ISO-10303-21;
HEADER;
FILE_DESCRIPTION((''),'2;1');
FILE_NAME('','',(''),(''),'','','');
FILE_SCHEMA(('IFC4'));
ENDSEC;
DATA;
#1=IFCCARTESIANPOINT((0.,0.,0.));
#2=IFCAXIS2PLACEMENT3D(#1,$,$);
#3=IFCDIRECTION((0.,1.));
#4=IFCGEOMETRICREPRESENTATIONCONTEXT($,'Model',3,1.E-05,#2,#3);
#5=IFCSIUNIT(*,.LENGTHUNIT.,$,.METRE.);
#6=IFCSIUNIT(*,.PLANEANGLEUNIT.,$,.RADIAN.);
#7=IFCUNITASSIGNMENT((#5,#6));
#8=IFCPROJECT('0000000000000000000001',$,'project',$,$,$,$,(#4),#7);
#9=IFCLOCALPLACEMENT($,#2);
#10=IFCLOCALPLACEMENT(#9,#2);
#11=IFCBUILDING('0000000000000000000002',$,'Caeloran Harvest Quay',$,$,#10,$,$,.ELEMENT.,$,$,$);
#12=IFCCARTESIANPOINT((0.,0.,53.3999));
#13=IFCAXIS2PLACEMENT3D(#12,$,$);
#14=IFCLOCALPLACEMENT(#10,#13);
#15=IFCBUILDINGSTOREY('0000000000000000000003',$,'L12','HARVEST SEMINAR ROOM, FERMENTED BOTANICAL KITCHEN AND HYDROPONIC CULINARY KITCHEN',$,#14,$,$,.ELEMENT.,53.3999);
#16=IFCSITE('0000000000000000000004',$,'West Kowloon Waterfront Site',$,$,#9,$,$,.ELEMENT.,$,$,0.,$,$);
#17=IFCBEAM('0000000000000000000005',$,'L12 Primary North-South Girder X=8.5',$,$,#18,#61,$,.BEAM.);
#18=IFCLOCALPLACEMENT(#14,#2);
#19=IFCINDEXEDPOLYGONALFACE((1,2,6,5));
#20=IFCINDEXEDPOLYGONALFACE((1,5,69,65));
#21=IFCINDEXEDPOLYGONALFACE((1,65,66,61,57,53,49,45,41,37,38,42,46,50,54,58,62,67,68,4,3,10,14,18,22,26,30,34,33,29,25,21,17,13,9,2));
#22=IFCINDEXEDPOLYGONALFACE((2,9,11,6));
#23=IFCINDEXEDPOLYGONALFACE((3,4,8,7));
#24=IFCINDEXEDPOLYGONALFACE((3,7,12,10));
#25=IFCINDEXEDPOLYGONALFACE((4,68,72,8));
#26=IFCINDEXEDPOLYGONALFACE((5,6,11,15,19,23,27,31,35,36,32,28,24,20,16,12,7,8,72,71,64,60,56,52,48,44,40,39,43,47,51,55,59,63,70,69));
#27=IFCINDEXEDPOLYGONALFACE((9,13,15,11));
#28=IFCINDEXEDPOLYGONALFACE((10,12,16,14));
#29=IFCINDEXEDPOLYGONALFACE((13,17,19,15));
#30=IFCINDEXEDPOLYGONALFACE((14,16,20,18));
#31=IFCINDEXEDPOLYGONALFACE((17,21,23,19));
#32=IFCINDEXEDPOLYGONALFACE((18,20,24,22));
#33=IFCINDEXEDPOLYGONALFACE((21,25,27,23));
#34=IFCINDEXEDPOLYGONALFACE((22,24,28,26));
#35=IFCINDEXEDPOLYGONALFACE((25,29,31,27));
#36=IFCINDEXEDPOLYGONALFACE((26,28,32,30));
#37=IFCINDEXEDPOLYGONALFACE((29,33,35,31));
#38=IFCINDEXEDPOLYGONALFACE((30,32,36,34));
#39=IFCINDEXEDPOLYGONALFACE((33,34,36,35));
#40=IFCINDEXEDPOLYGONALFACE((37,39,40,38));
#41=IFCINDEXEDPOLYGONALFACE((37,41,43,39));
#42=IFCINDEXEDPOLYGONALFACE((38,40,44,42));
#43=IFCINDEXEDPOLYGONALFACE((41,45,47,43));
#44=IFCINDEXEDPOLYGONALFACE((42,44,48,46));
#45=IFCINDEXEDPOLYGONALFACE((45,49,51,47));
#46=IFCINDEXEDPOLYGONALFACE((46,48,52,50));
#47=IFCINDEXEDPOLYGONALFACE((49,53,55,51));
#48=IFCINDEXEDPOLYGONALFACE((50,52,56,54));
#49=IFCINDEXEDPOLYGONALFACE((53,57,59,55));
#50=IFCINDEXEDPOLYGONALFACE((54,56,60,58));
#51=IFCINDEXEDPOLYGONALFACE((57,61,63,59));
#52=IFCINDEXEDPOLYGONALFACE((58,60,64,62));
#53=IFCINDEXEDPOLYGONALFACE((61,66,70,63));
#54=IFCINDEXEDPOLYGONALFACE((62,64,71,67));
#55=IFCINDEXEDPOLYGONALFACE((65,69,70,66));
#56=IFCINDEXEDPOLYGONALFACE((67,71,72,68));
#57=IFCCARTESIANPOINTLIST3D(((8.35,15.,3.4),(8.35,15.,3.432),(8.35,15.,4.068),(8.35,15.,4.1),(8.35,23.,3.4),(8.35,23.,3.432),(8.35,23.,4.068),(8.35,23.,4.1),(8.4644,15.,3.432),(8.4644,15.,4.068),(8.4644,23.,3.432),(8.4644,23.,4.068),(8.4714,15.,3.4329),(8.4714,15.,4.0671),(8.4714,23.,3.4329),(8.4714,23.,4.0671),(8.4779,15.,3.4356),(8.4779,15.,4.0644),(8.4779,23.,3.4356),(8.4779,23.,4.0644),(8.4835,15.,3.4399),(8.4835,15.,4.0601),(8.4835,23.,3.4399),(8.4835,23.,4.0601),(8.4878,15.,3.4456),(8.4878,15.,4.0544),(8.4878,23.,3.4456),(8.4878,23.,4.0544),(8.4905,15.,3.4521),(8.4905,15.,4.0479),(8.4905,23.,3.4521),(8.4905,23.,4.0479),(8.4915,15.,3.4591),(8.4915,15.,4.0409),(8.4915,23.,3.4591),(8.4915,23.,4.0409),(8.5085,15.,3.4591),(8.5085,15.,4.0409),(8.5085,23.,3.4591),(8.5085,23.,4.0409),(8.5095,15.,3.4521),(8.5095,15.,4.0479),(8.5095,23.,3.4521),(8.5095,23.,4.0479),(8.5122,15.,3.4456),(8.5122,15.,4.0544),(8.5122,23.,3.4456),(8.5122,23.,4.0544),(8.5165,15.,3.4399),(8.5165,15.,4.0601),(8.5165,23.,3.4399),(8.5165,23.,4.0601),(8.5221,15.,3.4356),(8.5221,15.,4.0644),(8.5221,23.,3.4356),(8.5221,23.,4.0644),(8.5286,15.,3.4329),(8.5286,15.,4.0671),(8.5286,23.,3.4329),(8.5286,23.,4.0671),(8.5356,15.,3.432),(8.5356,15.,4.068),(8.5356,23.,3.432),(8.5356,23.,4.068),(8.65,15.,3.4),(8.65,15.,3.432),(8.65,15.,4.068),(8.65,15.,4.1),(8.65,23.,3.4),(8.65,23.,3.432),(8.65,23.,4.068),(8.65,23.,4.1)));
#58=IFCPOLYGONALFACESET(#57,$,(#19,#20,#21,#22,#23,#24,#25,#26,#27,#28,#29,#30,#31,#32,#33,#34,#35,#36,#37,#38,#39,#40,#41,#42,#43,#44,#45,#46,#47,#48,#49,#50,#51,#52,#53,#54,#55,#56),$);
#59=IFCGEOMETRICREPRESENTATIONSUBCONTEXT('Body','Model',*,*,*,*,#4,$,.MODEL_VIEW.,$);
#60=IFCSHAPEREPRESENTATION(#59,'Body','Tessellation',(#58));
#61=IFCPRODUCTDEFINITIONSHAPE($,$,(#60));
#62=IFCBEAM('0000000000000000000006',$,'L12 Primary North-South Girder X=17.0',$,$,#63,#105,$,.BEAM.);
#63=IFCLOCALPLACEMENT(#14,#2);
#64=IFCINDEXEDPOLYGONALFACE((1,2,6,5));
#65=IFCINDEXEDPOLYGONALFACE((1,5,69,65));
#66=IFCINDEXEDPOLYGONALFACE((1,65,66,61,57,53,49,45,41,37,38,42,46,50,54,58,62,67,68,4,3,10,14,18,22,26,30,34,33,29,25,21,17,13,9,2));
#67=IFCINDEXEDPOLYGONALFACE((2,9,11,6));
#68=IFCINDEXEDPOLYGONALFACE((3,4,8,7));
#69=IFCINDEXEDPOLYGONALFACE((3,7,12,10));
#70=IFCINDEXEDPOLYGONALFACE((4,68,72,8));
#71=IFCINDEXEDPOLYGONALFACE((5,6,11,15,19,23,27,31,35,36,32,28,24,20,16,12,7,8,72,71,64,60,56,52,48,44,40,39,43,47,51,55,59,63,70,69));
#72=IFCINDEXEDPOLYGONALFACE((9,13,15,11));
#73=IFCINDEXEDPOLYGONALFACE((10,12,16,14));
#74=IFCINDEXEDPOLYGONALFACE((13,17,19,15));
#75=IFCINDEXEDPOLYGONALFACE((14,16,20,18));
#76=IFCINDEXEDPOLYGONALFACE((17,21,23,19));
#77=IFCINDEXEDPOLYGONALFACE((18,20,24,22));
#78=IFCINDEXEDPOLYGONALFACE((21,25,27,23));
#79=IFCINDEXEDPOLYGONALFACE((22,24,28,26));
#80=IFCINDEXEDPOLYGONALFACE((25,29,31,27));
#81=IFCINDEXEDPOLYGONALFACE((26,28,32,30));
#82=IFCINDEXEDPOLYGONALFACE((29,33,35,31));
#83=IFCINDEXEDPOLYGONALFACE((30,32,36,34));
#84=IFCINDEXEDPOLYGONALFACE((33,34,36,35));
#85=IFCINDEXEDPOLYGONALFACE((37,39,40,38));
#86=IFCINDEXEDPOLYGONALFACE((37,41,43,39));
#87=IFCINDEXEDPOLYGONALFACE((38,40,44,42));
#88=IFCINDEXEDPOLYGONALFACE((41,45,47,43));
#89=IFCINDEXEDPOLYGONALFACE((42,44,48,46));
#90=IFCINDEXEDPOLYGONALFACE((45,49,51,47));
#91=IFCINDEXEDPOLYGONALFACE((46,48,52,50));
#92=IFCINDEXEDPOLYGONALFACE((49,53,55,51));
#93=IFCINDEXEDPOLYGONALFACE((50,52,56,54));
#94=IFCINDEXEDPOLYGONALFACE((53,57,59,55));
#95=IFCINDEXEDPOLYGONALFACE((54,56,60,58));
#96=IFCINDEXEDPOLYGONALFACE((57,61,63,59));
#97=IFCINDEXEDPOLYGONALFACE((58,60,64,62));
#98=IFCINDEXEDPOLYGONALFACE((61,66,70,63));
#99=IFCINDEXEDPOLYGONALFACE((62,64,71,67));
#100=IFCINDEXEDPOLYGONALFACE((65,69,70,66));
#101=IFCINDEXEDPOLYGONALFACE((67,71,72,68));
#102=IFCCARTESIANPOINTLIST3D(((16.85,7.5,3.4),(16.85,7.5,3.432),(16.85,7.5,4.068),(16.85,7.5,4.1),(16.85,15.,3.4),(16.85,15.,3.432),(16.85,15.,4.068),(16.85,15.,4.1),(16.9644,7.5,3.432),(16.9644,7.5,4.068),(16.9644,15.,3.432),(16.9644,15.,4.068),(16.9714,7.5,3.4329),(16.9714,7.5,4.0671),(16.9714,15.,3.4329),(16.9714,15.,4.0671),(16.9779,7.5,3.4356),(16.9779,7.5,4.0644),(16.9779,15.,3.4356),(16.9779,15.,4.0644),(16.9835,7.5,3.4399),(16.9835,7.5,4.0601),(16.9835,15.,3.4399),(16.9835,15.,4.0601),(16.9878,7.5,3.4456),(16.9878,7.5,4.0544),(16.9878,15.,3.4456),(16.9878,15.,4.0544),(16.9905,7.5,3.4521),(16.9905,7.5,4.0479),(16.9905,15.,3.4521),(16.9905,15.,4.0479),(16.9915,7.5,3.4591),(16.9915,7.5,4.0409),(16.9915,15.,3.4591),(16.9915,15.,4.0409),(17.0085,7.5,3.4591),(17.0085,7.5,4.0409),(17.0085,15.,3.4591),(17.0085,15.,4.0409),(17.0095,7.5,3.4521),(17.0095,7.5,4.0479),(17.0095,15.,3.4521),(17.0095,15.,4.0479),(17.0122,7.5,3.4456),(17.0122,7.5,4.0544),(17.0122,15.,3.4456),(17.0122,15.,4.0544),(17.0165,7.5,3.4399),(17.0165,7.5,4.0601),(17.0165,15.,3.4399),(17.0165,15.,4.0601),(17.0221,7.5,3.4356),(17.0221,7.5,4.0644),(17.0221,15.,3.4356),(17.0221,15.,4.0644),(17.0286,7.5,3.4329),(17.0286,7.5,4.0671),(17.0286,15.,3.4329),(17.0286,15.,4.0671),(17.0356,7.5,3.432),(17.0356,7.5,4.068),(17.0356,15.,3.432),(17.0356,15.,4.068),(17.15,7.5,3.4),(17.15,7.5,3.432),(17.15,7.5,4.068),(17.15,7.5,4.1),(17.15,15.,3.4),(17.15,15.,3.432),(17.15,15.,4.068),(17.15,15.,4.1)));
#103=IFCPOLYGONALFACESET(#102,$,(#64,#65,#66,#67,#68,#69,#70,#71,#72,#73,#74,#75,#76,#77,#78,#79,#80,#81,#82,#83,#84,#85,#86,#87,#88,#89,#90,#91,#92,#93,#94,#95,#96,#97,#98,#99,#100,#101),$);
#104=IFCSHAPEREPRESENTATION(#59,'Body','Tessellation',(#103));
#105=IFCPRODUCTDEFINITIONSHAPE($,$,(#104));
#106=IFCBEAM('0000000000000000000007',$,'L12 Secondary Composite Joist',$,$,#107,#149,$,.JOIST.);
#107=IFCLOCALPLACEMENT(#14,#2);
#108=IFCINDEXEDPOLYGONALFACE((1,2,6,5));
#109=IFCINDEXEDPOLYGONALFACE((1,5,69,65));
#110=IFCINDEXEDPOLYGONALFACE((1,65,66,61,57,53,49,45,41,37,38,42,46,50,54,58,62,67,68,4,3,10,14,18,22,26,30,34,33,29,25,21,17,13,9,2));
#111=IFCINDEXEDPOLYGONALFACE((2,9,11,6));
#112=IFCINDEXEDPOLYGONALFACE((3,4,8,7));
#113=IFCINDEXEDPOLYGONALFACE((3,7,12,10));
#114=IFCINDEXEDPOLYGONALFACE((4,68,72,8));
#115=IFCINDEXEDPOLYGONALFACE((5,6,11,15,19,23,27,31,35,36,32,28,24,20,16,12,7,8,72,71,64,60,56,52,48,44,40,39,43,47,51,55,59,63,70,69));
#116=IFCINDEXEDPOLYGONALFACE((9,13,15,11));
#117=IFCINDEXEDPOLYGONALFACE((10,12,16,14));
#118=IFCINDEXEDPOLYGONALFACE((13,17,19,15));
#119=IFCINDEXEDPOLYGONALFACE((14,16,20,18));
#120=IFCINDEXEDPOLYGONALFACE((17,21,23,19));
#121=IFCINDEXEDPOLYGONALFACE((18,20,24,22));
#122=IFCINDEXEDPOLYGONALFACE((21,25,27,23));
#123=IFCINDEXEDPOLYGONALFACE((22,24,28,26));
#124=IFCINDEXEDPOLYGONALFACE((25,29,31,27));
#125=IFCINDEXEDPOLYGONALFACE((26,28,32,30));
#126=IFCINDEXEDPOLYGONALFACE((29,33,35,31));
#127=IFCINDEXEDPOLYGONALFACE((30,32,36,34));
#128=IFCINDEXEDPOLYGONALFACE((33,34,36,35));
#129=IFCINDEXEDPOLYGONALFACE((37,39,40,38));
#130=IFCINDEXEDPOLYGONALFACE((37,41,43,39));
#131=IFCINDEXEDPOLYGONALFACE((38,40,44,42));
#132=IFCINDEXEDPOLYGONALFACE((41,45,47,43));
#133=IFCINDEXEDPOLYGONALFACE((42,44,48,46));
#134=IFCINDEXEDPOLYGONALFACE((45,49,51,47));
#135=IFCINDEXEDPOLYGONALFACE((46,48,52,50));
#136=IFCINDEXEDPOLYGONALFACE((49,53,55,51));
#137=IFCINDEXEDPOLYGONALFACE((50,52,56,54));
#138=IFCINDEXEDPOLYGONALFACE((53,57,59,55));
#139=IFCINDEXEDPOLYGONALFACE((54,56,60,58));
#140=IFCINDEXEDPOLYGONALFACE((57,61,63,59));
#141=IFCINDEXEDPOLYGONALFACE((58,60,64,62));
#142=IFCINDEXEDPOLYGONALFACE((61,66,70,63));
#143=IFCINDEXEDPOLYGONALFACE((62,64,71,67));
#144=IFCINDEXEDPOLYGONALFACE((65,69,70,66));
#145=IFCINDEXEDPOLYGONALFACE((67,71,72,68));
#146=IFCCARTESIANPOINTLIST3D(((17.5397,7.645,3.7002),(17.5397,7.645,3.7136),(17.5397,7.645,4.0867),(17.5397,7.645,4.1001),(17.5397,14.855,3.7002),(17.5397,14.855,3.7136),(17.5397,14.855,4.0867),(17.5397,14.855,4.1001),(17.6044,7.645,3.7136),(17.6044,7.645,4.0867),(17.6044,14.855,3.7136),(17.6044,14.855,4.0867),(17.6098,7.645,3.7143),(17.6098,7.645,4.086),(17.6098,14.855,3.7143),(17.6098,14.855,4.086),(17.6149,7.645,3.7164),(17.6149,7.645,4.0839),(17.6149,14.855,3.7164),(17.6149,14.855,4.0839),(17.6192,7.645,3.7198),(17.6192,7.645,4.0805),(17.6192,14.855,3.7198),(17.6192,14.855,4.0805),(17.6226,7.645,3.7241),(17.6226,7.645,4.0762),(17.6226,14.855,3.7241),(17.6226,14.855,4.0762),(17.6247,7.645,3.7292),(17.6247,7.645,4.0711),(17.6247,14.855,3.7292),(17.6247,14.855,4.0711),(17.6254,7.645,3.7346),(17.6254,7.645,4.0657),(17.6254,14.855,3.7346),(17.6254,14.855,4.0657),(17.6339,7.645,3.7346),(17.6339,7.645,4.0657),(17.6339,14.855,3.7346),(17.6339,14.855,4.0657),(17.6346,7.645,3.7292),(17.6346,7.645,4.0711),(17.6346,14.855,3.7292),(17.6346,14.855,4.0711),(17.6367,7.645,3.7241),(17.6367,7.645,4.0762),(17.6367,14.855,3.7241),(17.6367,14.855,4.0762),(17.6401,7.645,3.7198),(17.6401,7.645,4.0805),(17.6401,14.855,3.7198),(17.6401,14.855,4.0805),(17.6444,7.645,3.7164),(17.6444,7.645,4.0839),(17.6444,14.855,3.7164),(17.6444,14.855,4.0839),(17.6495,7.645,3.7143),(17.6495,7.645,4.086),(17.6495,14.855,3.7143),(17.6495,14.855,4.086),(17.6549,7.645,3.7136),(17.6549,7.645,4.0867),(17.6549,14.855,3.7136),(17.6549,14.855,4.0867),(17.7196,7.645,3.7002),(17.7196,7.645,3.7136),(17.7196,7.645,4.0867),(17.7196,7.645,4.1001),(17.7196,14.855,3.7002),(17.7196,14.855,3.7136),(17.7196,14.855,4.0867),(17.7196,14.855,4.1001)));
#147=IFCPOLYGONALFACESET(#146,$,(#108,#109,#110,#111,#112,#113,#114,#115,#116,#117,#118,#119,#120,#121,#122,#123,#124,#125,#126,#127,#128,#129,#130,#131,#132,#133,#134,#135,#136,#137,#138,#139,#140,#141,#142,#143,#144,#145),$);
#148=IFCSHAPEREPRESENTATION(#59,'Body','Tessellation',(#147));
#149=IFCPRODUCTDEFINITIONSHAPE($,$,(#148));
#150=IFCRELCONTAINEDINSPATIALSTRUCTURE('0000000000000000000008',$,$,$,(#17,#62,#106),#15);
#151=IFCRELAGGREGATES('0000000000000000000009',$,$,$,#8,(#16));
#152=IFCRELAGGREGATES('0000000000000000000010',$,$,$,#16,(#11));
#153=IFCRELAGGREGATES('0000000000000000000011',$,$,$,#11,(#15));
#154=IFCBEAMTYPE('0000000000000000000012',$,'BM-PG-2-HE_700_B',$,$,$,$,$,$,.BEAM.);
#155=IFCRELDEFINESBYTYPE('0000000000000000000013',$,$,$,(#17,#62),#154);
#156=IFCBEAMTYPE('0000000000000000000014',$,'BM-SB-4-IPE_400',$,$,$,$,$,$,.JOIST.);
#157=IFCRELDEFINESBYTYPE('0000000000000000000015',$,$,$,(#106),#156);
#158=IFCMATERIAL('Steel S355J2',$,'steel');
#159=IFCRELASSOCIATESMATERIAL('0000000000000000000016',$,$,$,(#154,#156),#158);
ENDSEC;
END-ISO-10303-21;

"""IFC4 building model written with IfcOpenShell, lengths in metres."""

from ifc_helpers import new_model, si_unit, direction, frame, origin, origin_2d, place, context, subcontext, project, spatial, i_section, extrude, material, material_profile, profile_set, type_object, element, save


model = new_model("IFC4")

# Units and contexts
model_context = context("Model", 3, precision=1e-05, world=origin(), true_north=direction((0.0, 1.0)))
body_context = subcontext(model_context, "Body", "Model", "MODEL_VIEW")
ifc_project = project(units=[si_unit("LENGTHUNIT", "METRE"), si_unit("PLANEANGLEUNIT", "RADIAN")], contexts=[model_context])

# Site, building, storey
site_placement = place(None, origin())
site = spatial("IfcSite", under=ifc_project, at=site_placement, Name="West Kowloon Waterfront Site", CompositionType="ELEMENT", RefElevation=0.0)
building_placement = place(site_placement, origin())
building = spatial("IfcBuilding", under=site, at=building_placement, Name="Caeloran Harvest Quay", CompositionType="ELEMENT")
storey_placement = place(building_placement, frame((0.0, 0.0, 53.3999)))
storey = spatial("IfcBuildingStorey", under=building, at=storey_placement, Name="L12", Description="HARVEST SEMINAR ROOM, FERMENTED BOTANICAL KITCHEN AND HYDROPONIC CULINARY KITCHEN", CompositionType="ELEMENT", Elevation=53.3999)

# Beams
ifc_material_1 = material(Name="Steel S355J2", Category="steel")
ifc_material_profile_1 = material_profile(ifc_material_1, i_section(OverallWidth=0.3, OverallDepth=0.7, WebThickness=0.0171, FlangeThickness=0.032, FilletRadius=0.0271, at=origin_2d()), Name="HE 700 B")
ifc_profile_set_1 = profile_set([ifc_material_profile_1], Name="Steel S355J2")
beam_type_1 = type_object("IfcBeamType", Name="BM-PG-2-HE_700_B", PredefinedType="BEAM", material=ifc_profile_set_1)
beam_1_placement = place(storey_placement, frame((8.5, 15.0, 3.75), z_axis=(0.0, 1.0, 0.0), x_axis=(-1.0, 0.0, 0.0)))
element("IfcBeam", 1, at=beam_1_placement, inside=storey, type_object=beam_type_1, Name="L12 Primary North-South Girder X=8.5", PredefinedType="BEAM", context=body_context, shape_type="SweptSolid", body=[
    extrude(i_section(OverallWidth=0.3, OverallDepth=0.7, WebThickness=0.0171, FlangeThickness=0.032, FilletRadius=0.0271, at=origin_2d()), origin(), (0.0, 0.0, 1.0), 8.0),
])
beam_2_placement = place(storey_placement, frame((17.0, 7.5, 3.75), z_axis=(0.0, 1.0, 0.0), x_axis=(-1.0, 0.0, 0.0)))
element("IfcBeam", 2, at=beam_2_placement, inside=storey, type_object=beam_type_1, Name="L12 Primary North-South Girder X=17.0", PredefinedType="BEAM", context=body_context, shape_type="SweptSolid", body=[
    extrude(i_section(OverallWidth=0.3, OverallDepth=0.7, WebThickness=0.0171, FlangeThickness=0.032, FilletRadius=0.0271, at=origin_2d()), origin(), (0.0, 0.0, 1.0), 7.5),
])
ifc_material_profile_2 = material_profile(ifc_material_1, i_section(OverallWidth=0.1799, OverallDepth=0.3999, WebThickness=0.0085, FlangeThickness=0.0134, FilletRadius=0.021, at=origin_2d()), Name="IPE 400")
ifc_profile_set_2 = profile_set([ifc_material_profile_2], Name="Steel S355J2")
beam_type_2 = type_object("IfcBeamType", Name="BM-SB-4-IPE_400", PredefinedType="JOIST", material=ifc_profile_set_2)
beam_3_placement = place(storey_placement, frame((17.6296, 7.645, 3.9001), z_axis=(0.0, 1.0, 0.0), x_axis=(-1.0, 0.0, 0.0)))
element("IfcBeam", 3, at=beam_3_placement, inside=storey, type_object=beam_type_2, Name="L12 Secondary Composite Joist", PredefinedType="JOIST", context=body_context, shape_type="SweptSolid", body=[
    extrude(i_section(OverallWidth=0.1799, OverallDepth=0.3999, WebThickness=0.0085, FlangeThickness=0.0134, FilletRadius=0.021, at=origin_2d()), origin(), (0.0, 0.0, 1.0), 7.21),
])

save(model, "model.ifc")
